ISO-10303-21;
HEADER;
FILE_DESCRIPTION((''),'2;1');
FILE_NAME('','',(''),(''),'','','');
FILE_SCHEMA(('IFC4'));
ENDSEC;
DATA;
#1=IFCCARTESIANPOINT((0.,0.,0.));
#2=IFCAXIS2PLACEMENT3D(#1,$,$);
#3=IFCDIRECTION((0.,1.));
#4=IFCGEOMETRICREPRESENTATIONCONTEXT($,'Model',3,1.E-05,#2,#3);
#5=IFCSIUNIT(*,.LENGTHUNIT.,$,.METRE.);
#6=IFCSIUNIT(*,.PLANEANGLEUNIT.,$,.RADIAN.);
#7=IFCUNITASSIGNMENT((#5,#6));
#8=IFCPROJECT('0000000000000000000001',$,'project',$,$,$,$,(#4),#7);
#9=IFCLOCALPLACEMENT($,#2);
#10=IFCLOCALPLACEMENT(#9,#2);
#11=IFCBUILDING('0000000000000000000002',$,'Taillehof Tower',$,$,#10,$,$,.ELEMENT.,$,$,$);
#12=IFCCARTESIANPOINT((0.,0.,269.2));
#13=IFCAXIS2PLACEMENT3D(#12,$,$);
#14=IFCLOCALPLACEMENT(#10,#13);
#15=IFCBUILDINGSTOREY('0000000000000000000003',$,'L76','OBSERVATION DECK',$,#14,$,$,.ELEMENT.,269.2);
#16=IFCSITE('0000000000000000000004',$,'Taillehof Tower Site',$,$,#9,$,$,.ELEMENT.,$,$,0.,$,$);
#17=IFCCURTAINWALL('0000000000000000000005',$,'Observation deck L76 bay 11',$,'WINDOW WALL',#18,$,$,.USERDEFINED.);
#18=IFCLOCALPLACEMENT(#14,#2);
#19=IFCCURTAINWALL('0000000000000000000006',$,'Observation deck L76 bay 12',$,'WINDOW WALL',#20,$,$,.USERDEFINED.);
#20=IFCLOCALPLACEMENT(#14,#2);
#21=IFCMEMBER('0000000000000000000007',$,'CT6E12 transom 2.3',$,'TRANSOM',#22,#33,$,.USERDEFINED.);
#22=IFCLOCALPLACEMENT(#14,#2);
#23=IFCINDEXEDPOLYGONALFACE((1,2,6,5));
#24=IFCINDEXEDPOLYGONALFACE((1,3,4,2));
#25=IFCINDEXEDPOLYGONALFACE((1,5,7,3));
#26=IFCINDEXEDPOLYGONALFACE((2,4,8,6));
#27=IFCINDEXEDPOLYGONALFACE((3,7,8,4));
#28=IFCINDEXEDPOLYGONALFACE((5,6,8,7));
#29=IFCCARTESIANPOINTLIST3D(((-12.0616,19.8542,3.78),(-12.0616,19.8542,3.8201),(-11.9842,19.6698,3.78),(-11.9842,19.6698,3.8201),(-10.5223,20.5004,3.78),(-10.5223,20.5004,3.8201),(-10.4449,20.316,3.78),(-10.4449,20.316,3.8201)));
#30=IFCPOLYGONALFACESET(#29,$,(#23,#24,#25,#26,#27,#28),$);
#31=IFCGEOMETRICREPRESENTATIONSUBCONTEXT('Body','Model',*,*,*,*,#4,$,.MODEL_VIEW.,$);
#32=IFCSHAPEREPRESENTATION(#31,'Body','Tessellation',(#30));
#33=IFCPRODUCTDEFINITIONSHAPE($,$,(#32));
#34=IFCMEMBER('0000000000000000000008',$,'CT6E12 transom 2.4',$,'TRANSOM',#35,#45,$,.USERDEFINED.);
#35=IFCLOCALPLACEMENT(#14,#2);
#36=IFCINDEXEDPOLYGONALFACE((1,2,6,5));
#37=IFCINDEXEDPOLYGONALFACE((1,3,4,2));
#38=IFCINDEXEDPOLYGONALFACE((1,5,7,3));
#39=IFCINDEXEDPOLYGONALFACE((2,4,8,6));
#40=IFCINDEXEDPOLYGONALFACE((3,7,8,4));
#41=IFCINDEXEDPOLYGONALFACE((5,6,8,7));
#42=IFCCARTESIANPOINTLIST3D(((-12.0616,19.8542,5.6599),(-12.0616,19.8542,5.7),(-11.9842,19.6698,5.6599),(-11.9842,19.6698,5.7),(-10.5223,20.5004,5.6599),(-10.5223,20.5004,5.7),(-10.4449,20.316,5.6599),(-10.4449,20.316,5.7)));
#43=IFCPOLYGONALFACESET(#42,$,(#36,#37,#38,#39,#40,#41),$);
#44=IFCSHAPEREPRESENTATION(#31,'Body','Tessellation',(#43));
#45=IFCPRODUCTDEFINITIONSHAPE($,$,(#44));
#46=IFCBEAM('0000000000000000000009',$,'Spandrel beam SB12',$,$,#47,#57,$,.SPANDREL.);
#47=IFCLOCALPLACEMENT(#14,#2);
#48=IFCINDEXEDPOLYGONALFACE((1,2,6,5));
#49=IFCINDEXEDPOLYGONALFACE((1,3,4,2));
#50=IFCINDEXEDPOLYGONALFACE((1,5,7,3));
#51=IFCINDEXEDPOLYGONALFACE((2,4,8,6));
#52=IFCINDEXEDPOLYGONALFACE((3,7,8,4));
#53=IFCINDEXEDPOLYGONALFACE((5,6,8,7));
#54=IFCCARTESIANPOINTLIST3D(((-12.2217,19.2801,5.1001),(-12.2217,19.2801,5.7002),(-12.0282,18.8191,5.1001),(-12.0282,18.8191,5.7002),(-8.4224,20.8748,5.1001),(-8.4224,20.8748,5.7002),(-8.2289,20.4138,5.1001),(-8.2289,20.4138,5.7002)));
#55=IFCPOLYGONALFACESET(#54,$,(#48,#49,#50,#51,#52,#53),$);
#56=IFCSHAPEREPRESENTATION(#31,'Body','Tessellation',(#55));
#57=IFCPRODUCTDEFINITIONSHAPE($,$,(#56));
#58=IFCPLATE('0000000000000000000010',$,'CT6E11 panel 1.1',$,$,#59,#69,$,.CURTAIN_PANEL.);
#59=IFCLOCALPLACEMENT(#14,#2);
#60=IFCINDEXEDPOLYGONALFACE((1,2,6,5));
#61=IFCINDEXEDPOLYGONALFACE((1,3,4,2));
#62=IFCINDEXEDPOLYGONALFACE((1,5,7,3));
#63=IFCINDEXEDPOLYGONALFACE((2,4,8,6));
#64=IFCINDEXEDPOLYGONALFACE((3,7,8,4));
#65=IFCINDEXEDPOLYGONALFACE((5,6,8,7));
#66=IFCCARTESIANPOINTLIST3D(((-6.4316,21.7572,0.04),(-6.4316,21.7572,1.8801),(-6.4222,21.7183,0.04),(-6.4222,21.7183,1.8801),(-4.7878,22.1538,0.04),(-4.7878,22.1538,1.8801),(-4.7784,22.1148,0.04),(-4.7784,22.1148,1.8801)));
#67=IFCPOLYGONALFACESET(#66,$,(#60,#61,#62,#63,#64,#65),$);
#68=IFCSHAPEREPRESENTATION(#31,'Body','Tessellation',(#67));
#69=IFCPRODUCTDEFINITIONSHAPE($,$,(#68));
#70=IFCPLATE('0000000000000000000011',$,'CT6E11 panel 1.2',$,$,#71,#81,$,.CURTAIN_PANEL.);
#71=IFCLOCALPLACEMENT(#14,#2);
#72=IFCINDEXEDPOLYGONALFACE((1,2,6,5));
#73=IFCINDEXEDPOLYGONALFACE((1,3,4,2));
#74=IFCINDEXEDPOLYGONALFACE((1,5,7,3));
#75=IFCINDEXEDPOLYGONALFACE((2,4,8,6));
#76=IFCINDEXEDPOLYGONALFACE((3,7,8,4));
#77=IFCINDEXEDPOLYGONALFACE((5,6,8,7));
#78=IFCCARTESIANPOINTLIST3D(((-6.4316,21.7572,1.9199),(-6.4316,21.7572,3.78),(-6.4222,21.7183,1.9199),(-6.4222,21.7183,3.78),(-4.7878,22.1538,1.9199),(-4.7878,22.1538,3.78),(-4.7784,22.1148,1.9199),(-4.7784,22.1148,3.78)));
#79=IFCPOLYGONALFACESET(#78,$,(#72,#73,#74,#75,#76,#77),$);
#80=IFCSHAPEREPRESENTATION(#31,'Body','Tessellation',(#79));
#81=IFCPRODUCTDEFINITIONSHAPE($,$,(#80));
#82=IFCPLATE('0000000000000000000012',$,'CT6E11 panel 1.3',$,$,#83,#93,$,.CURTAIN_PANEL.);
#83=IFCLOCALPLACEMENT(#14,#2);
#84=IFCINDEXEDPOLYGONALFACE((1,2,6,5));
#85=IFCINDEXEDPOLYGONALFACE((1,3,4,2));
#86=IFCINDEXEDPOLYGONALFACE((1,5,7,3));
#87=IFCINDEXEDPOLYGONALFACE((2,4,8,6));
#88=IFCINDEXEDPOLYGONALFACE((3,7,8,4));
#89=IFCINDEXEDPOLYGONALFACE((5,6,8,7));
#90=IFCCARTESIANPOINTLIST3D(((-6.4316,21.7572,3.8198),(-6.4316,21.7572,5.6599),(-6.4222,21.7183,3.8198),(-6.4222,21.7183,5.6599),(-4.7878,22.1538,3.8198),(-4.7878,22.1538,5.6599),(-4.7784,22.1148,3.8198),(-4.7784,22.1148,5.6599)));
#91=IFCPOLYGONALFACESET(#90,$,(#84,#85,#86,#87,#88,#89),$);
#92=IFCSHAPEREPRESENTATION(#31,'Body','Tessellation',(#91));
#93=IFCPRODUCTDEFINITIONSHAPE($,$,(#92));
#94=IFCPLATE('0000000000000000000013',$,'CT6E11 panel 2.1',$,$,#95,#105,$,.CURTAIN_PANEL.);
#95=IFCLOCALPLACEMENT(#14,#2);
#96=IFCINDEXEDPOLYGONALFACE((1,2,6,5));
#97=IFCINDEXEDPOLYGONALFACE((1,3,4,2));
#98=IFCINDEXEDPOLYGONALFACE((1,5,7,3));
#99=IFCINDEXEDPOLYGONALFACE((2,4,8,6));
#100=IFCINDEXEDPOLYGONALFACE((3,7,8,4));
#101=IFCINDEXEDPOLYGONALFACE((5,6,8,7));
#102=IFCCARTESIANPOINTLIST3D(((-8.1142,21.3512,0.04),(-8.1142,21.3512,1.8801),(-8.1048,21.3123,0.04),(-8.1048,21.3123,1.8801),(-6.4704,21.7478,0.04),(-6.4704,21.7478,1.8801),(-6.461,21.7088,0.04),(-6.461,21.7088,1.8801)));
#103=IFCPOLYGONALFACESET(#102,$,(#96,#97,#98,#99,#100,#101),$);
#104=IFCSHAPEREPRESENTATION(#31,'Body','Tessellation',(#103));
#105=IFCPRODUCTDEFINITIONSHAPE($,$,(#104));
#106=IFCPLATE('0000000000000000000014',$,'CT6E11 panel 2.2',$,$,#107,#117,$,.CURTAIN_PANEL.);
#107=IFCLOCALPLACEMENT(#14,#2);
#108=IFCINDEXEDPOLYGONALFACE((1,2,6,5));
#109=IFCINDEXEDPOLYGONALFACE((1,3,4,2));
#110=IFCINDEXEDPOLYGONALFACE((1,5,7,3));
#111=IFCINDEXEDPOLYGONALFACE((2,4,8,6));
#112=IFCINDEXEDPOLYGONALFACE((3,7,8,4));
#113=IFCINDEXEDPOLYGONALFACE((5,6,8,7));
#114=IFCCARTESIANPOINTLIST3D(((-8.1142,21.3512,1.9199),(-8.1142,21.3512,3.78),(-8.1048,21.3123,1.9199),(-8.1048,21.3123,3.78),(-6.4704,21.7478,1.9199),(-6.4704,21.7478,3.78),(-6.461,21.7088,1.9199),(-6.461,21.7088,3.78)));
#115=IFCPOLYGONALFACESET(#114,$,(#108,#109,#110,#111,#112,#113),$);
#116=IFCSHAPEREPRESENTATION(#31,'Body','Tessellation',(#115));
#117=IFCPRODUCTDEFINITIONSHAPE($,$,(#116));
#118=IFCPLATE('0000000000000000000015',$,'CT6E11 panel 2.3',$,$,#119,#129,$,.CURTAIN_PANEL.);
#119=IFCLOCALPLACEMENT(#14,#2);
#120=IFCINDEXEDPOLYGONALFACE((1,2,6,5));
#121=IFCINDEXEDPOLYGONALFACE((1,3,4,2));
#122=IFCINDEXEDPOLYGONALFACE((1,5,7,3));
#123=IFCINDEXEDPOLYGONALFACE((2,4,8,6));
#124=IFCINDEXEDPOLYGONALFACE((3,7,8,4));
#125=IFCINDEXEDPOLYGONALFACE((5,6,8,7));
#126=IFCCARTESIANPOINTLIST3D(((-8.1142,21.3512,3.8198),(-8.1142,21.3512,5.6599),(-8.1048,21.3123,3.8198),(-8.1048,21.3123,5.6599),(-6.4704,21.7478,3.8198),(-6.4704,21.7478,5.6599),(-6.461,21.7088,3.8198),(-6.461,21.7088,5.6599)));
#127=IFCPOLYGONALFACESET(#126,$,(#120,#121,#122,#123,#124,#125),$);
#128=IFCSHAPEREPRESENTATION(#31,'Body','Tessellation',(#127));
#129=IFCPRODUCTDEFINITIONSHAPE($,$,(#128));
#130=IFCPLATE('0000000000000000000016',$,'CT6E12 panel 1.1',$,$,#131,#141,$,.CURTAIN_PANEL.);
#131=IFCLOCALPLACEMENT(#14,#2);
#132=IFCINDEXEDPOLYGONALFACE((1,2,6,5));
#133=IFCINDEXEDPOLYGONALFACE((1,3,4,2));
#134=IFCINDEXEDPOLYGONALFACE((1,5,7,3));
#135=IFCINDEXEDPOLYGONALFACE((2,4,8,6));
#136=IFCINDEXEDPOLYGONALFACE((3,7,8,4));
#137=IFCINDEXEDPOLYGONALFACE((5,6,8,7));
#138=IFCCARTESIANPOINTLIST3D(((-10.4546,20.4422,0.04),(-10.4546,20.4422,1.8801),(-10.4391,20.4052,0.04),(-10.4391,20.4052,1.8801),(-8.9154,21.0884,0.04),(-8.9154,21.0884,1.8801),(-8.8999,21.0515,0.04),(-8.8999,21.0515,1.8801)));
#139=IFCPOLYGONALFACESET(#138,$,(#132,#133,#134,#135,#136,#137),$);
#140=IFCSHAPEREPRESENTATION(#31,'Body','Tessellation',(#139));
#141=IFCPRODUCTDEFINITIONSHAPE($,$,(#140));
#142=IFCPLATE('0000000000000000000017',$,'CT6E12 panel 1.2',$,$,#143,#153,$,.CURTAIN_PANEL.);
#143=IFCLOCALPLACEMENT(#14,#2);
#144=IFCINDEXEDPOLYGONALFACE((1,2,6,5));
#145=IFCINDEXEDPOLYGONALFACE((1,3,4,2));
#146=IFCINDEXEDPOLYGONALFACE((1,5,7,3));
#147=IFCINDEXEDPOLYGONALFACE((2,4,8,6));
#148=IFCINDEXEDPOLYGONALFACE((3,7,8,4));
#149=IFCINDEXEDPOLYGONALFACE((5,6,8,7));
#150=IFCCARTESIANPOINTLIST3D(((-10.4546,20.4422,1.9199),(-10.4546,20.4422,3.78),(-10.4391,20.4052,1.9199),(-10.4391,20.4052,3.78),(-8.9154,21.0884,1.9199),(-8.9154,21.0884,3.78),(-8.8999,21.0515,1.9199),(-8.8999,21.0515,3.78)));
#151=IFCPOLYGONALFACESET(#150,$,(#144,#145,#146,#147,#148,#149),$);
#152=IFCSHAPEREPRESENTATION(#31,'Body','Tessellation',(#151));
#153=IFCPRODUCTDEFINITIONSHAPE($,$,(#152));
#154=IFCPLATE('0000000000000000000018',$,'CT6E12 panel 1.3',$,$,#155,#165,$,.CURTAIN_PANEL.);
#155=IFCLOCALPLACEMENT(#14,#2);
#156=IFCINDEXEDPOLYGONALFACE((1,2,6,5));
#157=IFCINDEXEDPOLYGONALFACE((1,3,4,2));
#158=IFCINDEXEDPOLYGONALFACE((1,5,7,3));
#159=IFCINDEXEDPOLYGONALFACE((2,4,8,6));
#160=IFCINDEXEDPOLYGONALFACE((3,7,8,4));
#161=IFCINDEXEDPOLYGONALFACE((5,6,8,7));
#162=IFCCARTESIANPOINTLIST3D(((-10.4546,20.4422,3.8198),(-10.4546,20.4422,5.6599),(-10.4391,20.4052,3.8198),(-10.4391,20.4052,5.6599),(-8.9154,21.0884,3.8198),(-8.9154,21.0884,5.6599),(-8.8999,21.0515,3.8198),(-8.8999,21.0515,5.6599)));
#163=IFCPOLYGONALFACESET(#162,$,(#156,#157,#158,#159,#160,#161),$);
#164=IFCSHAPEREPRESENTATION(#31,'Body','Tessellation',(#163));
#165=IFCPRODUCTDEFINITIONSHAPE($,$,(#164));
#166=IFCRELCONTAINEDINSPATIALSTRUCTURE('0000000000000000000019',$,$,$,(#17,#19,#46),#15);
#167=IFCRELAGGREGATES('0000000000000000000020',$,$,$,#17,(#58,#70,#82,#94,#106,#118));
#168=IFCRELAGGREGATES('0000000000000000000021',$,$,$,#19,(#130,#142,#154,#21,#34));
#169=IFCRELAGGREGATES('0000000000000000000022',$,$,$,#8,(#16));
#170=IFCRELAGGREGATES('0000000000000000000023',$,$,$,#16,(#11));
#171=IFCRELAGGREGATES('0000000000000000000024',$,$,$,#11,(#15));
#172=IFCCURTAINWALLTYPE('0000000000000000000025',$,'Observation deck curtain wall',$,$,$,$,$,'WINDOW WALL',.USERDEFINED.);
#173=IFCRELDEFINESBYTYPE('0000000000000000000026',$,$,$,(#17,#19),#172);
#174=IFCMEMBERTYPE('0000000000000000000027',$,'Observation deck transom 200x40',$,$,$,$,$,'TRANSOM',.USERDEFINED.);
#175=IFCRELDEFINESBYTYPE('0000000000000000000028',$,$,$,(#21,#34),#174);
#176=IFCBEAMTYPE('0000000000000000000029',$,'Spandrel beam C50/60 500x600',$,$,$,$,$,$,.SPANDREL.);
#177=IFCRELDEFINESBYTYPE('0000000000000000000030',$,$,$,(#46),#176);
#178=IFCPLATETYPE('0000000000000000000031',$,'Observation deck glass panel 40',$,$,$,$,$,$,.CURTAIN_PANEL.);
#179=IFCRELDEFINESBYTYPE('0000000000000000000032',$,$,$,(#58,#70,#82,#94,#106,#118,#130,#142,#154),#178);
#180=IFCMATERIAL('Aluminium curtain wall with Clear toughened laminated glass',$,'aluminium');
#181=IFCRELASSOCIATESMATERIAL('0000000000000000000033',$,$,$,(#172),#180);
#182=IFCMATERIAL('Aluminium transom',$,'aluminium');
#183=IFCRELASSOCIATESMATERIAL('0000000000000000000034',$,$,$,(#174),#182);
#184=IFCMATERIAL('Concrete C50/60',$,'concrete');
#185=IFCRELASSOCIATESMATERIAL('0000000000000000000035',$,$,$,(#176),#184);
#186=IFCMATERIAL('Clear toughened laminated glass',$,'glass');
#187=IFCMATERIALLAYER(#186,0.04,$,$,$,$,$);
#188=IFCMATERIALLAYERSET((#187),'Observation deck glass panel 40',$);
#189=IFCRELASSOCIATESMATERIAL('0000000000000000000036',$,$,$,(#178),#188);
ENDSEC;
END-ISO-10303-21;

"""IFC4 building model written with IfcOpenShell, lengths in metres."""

from ifc_helpers import new_model, si_unit, direction, frame, origin, origin_2d, place, context, subcontext, project, spatial, rectangle, extrude, material, layer, layer_set, material_profile, profile_set, type_object, element, aggregate, save


model = new_model("IFC4")

# Units and contexts
model_context = context("Model", 3, precision=1e-05, world=origin(), true_north=direction((0.0, 1.0)))
body_context = subcontext(model_context, "Body", "Model", "MODEL_VIEW")
ifc_project = project(units=[si_unit("LENGTHUNIT", "METRE"), si_unit("PLANEANGLEUNIT", "RADIAN")], contexts=[model_context])

# Site, building, storey
site_placement = place(None, origin())
site = spatial("IfcSite", under=ifc_project, at=site_placement, Name="Taillehof Tower Site", CompositionType="ELEMENT", RefElevation=0.0)
building_placement = place(site_placement, origin())
building = spatial("IfcBuilding", under=site, at=building_placement, Name="Taillehof Tower", CompositionType="ELEMENT")
storey_placement = place(building_placement, frame((0.0, 0.0, 269.2)))
storey = spatial("IfcBuildingStorey", under=building, at=storey_placement, Name="L76", Description="OBSERVATION DECK", CompositionType="ELEMENT", Elevation=269.2)

# Curtain walls
ifc_material_1 = material(Name="Aluminium curtain wall with Clear toughened laminated glass", Category="aluminium")
curtain_wall_type = type_object("IfcCurtainWallType", Name="Observation deck curtain wall", ElementType="WINDOW WALL", PredefinedType="USERDEFINED", material=ifc_material_1)
curtain_wall_1_placement = place(storey_placement, origin())
curtain_wall_1 = element("IfcCurtainWall", 1, at=curtain_wall_1_placement, inside=storey, type_object=curtain_wall_type, Name="Observation deck L76 bay 11", ObjectType="WINDOW WALL", PredefinedType="USERDEFINED")
curtain_wall_2_placement = place(storey_placement, origin())
curtain_wall_2 = element("IfcCurtainWall", 2, at=curtain_wall_2_placement, inside=storey, type_object=curtain_wall_type, Name="Observation deck L76 bay 12", ObjectType="WINDOW WALL", PredefinedType="USERDEFINED")

# Members
ifc_material_2 = material(Name="Aluminium transom", Category="aluminium")
ifc_material_profile_1 = material_profile(ifc_material_2, rectangle(XDim=0.2, YDim=0.04, at=origin_2d()), Name="AL 200x40")
ifc_profile_set_1 = profile_set([ifc_material_profile_1], Name="Aluminium transom")
member_type_1 = type_object("IfcMemberType", Name="Observation deck transom 200x40", ElementType="TRANSOM", PredefinedType="USERDEFINED", material=ifc_profile_set_1)
member_1_placement = place(storey_placement, frame((-10.4836, 20.4082, 3.8), z_axis=(-0.92204, -0.387096, 0.0), x_axis=(0.387096, -0.92204, 0.0)))
member_1 = element("IfcMember", 3, at=member_1_placement, type_object=member_type_1, Name="CT6E12 transom 2.3", ObjectType="TRANSOM", PredefinedType="USERDEFINED", context=body_context, shape_type="SweptSolid", body=[
    extrude(rectangle(XDim=0.2, YDim=0.04, at=origin_2d()), origin(), (0.0, 0.0, 1.0), 1.6694),
])
member_2_placement = place(storey_placement, frame((-10.4836, 20.4082, 5.6799), z_axis=(-0.92204, -0.387096, 0.0), x_axis=(0.387096, -0.92204, 0.0)))
member_2 = element("IfcMember", 4, at=member_2_placement, type_object=member_type_1, Name="CT6E12 transom 2.4", ObjectType="TRANSOM", PredefinedType="USERDEFINED", context=body_context, shape_type="SweptSolid", body=[
    extrude(rectangle(XDim=0.2, YDim=0.04, at=origin_2d()), origin(), (0.0, 0.0, 1.0), 1.6694),
])

# Beam
ifc_material_3 = material(Name="Concrete C50/60", Category="concrete")
ifc_material_profile_2 = material_profile(ifc_material_3, rectangle(XDim=0.5, YDim=0.6001, at=origin_2d()), Name="RC 500x600")
ifc_profile_set_2 = profile_set([ifc_material_profile_2], Name="Concrete C50/60")
beam_type = type_object("IfcBeamType", Name="Spandrel beam C50/60 500x600", PredefinedType="SPANDREL", material=ifc_profile_set_2)
beam_placement = place(storey_placement, frame((-8.3257, 20.6443, 5.4001), z_axis=(-0.922068, -0.387029, 0.0), x_axis=(0.387029, -0.922068, 0.0)))
element("IfcBeam", 5, at=beam_placement, inside=storey, type_object=beam_type, Name="Spandrel beam SB12", PredefinedType="SPANDREL", context=body_context, shape_type="SweptSolid", body=[
    extrude(rectangle(XDim=0.5, YDim=0.6001, at=origin_2d()), origin(), (0.0, 0.0, 1.0), 4.1204),
])

# Plates
ifc_material_4 = material(Name="Clear toughened laminated glass", Category="glass")
ifc_layer = layer(ifc_material_4, 0.04)
ifc_layer_set = layer_set([ifc_layer], Name="Observation deck glass panel 40")
plate_type = type_object("IfcPlateType", Name="Observation deck glass panel 40", PredefinedType="CURTAIN_PANEL", material=ifc_layer_set)
plate_1_placement = place(storey_placement, frame((-5.605, 21.936, 0.04), z_axis=(0.0, 0.0, 1.0), x_axis=(-0.972113, -0.234515, 0.0)))
plate_1 = element("IfcPlate", 6, at=plate_1_placement, type_object=plate_type, Name="CT6E11 panel 1.1", PredefinedType="CURTAIN_PANEL", context=body_context, shape_type="SweptSolid", body=[
    extrude(rectangle(XDim=1.6909, YDim=0.04, at=origin_2d()), origin(), (0.0, 0.0, 1.0), 1.8401),
])
plate_2_placement = place(storey_placement, frame((-5.605, 21.936, 1.9199), z_axis=(0.0, 0.0, 1.0), x_axis=(-0.972113, -0.234515, 0.0)))
plate_2 = element("IfcPlate", 7, at=plate_2_placement, type_object=plate_type, Name="CT6E11 panel 1.2", PredefinedType="CURTAIN_PANEL", context=body_context, shape_type="SweptSolid", body=[
    extrude(rectangle(XDim=1.6909, YDim=0.04, at=origin_2d()), origin(), (0.0, 0.0, 1.0), 1.8601),
])
plate_3_placement = place(storey_placement, frame((-5.605, 21.936, 3.8198), z_axis=(0.0, 0.0, 1.0), x_axis=(-0.972113, -0.234515, 0.0)))
plate_3 = element("IfcPlate", 8, at=plate_3_placement, type_object=plate_type, Name="CT6E11 panel 1.3", PredefinedType="CURTAIN_PANEL", context=body_context, shape_type="SweptSolid", body=[
    extrude(rectangle(XDim=1.6909, YDim=0.04, at=origin_2d()), origin(), (0.0, 0.0, 1.0), 1.8401),
])
plate_4_placement = place(storey_placement, frame((-7.2876, 21.53, 0.04), z_axis=(0.0, 0.0, 1.0), x_axis=(-0.972113, -0.234515, 0.0)))
plate_4 = element("IfcPlate", 9, at=plate_4_placement, type_object=plate_type, Name="CT6E11 panel 2.1", PredefinedType="CURTAIN_PANEL", context=body_context, shape_type="SweptSolid", body=[
    extrude(rectangle(XDim=1.6909, YDim=0.04, at=origin_2d()), origin(), (0.0, 0.0, 1.0), 1.8401),
])
plate_5_placement = place(storey_placement, frame((-7.2876, 21.53, 1.9199), z_axis=(0.0, 0.0, 1.0), x_axis=(-0.972113, -0.234515, 0.0)))
plate_5 = element("IfcPlate", 10, at=plate_5_placement, type_object=plate_type, Name="CT6E11 panel 2.2", PredefinedType="CURTAIN_PANEL", context=body_context, shape_type="SweptSolid", body=[
    extrude(rectangle(XDim=1.6909, YDim=0.04, at=origin_2d()), origin(), (0.0, 0.0, 1.0), 1.8601),
])
plate_6_placement = place(storey_placement, frame((-7.2876, 21.53, 3.8198), z_axis=(0.0, 0.0, 1.0), x_axis=(-0.972113, -0.234515, 0.0)))
plate_6 = element("IfcPlate", 11, at=plate_6_placement, type_object=plate_type, Name="CT6E11 panel 2.3", PredefinedType="CURTAIN_PANEL", context=body_context, shape_type="SweptSolid", body=[
    extrude(rectangle(XDim=1.6909, YDim=0.04, at=origin_2d()), origin(), (0.0, 0.0, 1.0), 1.8401),
])
aggregate(curtain_wall_1, [plate_1, plate_2, plate_3, plate_4, plate_5, plate_6])
plate_7_placement = place(storey_placement, frame((-9.6772, 20.7468, 0.04), z_axis=(0.0, 0.0, 1.0), x_axis=(-0.922037, -0.387101, 0.0)))
plate_7 = element("IfcPlate", 12, at=plate_7_placement, type_object=plate_type, Name="CT6E12 panel 1.1", PredefinedType="CURTAIN_PANEL", context=body_context, shape_type="SweptSolid", body=[
    extrude(rectangle(XDim=1.6694, YDim=0.04, at=origin_2d()), origin(), (0.0, 0.0, 1.0), 1.8401),
])
plate_8_placement = place(storey_placement, frame((-9.6772, 20.7468, 1.9199), z_axis=(0.0, 0.0, 1.0), x_axis=(-0.922037, -0.387101, 0.0)))
plate_8 = element("IfcPlate", 13, at=plate_8_placement, type_object=plate_type, Name="CT6E12 panel 1.2", PredefinedType="CURTAIN_PANEL", context=body_context, shape_type="SweptSolid", body=[
    extrude(rectangle(XDim=1.6694, YDim=0.04, at=origin_2d()), origin(), (0.0, 0.0, 1.0), 1.8601),
])
plate_9_placement = place(storey_placement, frame((-9.6772, 20.7468, 3.8198), z_axis=(0.0, 0.0, 1.0), x_axis=(-0.922037, -0.387101, 0.0)))
plate_9 = element("IfcPlate", 14, at=plate_9_placement, type_object=plate_type, Name="CT6E12 panel 1.3", PredefinedType="CURTAIN_PANEL", context=body_context, shape_type="SweptSolid", body=[
    extrude(rectangle(XDim=1.6694, YDim=0.04, at=origin_2d()), origin(), (0.0, 0.0, 1.0), 1.8401),
])
aggregate(curtain_wall_2, [plate_7, plate_8, plate_9, member_1, member_2])

save(model, "model.ifc")
